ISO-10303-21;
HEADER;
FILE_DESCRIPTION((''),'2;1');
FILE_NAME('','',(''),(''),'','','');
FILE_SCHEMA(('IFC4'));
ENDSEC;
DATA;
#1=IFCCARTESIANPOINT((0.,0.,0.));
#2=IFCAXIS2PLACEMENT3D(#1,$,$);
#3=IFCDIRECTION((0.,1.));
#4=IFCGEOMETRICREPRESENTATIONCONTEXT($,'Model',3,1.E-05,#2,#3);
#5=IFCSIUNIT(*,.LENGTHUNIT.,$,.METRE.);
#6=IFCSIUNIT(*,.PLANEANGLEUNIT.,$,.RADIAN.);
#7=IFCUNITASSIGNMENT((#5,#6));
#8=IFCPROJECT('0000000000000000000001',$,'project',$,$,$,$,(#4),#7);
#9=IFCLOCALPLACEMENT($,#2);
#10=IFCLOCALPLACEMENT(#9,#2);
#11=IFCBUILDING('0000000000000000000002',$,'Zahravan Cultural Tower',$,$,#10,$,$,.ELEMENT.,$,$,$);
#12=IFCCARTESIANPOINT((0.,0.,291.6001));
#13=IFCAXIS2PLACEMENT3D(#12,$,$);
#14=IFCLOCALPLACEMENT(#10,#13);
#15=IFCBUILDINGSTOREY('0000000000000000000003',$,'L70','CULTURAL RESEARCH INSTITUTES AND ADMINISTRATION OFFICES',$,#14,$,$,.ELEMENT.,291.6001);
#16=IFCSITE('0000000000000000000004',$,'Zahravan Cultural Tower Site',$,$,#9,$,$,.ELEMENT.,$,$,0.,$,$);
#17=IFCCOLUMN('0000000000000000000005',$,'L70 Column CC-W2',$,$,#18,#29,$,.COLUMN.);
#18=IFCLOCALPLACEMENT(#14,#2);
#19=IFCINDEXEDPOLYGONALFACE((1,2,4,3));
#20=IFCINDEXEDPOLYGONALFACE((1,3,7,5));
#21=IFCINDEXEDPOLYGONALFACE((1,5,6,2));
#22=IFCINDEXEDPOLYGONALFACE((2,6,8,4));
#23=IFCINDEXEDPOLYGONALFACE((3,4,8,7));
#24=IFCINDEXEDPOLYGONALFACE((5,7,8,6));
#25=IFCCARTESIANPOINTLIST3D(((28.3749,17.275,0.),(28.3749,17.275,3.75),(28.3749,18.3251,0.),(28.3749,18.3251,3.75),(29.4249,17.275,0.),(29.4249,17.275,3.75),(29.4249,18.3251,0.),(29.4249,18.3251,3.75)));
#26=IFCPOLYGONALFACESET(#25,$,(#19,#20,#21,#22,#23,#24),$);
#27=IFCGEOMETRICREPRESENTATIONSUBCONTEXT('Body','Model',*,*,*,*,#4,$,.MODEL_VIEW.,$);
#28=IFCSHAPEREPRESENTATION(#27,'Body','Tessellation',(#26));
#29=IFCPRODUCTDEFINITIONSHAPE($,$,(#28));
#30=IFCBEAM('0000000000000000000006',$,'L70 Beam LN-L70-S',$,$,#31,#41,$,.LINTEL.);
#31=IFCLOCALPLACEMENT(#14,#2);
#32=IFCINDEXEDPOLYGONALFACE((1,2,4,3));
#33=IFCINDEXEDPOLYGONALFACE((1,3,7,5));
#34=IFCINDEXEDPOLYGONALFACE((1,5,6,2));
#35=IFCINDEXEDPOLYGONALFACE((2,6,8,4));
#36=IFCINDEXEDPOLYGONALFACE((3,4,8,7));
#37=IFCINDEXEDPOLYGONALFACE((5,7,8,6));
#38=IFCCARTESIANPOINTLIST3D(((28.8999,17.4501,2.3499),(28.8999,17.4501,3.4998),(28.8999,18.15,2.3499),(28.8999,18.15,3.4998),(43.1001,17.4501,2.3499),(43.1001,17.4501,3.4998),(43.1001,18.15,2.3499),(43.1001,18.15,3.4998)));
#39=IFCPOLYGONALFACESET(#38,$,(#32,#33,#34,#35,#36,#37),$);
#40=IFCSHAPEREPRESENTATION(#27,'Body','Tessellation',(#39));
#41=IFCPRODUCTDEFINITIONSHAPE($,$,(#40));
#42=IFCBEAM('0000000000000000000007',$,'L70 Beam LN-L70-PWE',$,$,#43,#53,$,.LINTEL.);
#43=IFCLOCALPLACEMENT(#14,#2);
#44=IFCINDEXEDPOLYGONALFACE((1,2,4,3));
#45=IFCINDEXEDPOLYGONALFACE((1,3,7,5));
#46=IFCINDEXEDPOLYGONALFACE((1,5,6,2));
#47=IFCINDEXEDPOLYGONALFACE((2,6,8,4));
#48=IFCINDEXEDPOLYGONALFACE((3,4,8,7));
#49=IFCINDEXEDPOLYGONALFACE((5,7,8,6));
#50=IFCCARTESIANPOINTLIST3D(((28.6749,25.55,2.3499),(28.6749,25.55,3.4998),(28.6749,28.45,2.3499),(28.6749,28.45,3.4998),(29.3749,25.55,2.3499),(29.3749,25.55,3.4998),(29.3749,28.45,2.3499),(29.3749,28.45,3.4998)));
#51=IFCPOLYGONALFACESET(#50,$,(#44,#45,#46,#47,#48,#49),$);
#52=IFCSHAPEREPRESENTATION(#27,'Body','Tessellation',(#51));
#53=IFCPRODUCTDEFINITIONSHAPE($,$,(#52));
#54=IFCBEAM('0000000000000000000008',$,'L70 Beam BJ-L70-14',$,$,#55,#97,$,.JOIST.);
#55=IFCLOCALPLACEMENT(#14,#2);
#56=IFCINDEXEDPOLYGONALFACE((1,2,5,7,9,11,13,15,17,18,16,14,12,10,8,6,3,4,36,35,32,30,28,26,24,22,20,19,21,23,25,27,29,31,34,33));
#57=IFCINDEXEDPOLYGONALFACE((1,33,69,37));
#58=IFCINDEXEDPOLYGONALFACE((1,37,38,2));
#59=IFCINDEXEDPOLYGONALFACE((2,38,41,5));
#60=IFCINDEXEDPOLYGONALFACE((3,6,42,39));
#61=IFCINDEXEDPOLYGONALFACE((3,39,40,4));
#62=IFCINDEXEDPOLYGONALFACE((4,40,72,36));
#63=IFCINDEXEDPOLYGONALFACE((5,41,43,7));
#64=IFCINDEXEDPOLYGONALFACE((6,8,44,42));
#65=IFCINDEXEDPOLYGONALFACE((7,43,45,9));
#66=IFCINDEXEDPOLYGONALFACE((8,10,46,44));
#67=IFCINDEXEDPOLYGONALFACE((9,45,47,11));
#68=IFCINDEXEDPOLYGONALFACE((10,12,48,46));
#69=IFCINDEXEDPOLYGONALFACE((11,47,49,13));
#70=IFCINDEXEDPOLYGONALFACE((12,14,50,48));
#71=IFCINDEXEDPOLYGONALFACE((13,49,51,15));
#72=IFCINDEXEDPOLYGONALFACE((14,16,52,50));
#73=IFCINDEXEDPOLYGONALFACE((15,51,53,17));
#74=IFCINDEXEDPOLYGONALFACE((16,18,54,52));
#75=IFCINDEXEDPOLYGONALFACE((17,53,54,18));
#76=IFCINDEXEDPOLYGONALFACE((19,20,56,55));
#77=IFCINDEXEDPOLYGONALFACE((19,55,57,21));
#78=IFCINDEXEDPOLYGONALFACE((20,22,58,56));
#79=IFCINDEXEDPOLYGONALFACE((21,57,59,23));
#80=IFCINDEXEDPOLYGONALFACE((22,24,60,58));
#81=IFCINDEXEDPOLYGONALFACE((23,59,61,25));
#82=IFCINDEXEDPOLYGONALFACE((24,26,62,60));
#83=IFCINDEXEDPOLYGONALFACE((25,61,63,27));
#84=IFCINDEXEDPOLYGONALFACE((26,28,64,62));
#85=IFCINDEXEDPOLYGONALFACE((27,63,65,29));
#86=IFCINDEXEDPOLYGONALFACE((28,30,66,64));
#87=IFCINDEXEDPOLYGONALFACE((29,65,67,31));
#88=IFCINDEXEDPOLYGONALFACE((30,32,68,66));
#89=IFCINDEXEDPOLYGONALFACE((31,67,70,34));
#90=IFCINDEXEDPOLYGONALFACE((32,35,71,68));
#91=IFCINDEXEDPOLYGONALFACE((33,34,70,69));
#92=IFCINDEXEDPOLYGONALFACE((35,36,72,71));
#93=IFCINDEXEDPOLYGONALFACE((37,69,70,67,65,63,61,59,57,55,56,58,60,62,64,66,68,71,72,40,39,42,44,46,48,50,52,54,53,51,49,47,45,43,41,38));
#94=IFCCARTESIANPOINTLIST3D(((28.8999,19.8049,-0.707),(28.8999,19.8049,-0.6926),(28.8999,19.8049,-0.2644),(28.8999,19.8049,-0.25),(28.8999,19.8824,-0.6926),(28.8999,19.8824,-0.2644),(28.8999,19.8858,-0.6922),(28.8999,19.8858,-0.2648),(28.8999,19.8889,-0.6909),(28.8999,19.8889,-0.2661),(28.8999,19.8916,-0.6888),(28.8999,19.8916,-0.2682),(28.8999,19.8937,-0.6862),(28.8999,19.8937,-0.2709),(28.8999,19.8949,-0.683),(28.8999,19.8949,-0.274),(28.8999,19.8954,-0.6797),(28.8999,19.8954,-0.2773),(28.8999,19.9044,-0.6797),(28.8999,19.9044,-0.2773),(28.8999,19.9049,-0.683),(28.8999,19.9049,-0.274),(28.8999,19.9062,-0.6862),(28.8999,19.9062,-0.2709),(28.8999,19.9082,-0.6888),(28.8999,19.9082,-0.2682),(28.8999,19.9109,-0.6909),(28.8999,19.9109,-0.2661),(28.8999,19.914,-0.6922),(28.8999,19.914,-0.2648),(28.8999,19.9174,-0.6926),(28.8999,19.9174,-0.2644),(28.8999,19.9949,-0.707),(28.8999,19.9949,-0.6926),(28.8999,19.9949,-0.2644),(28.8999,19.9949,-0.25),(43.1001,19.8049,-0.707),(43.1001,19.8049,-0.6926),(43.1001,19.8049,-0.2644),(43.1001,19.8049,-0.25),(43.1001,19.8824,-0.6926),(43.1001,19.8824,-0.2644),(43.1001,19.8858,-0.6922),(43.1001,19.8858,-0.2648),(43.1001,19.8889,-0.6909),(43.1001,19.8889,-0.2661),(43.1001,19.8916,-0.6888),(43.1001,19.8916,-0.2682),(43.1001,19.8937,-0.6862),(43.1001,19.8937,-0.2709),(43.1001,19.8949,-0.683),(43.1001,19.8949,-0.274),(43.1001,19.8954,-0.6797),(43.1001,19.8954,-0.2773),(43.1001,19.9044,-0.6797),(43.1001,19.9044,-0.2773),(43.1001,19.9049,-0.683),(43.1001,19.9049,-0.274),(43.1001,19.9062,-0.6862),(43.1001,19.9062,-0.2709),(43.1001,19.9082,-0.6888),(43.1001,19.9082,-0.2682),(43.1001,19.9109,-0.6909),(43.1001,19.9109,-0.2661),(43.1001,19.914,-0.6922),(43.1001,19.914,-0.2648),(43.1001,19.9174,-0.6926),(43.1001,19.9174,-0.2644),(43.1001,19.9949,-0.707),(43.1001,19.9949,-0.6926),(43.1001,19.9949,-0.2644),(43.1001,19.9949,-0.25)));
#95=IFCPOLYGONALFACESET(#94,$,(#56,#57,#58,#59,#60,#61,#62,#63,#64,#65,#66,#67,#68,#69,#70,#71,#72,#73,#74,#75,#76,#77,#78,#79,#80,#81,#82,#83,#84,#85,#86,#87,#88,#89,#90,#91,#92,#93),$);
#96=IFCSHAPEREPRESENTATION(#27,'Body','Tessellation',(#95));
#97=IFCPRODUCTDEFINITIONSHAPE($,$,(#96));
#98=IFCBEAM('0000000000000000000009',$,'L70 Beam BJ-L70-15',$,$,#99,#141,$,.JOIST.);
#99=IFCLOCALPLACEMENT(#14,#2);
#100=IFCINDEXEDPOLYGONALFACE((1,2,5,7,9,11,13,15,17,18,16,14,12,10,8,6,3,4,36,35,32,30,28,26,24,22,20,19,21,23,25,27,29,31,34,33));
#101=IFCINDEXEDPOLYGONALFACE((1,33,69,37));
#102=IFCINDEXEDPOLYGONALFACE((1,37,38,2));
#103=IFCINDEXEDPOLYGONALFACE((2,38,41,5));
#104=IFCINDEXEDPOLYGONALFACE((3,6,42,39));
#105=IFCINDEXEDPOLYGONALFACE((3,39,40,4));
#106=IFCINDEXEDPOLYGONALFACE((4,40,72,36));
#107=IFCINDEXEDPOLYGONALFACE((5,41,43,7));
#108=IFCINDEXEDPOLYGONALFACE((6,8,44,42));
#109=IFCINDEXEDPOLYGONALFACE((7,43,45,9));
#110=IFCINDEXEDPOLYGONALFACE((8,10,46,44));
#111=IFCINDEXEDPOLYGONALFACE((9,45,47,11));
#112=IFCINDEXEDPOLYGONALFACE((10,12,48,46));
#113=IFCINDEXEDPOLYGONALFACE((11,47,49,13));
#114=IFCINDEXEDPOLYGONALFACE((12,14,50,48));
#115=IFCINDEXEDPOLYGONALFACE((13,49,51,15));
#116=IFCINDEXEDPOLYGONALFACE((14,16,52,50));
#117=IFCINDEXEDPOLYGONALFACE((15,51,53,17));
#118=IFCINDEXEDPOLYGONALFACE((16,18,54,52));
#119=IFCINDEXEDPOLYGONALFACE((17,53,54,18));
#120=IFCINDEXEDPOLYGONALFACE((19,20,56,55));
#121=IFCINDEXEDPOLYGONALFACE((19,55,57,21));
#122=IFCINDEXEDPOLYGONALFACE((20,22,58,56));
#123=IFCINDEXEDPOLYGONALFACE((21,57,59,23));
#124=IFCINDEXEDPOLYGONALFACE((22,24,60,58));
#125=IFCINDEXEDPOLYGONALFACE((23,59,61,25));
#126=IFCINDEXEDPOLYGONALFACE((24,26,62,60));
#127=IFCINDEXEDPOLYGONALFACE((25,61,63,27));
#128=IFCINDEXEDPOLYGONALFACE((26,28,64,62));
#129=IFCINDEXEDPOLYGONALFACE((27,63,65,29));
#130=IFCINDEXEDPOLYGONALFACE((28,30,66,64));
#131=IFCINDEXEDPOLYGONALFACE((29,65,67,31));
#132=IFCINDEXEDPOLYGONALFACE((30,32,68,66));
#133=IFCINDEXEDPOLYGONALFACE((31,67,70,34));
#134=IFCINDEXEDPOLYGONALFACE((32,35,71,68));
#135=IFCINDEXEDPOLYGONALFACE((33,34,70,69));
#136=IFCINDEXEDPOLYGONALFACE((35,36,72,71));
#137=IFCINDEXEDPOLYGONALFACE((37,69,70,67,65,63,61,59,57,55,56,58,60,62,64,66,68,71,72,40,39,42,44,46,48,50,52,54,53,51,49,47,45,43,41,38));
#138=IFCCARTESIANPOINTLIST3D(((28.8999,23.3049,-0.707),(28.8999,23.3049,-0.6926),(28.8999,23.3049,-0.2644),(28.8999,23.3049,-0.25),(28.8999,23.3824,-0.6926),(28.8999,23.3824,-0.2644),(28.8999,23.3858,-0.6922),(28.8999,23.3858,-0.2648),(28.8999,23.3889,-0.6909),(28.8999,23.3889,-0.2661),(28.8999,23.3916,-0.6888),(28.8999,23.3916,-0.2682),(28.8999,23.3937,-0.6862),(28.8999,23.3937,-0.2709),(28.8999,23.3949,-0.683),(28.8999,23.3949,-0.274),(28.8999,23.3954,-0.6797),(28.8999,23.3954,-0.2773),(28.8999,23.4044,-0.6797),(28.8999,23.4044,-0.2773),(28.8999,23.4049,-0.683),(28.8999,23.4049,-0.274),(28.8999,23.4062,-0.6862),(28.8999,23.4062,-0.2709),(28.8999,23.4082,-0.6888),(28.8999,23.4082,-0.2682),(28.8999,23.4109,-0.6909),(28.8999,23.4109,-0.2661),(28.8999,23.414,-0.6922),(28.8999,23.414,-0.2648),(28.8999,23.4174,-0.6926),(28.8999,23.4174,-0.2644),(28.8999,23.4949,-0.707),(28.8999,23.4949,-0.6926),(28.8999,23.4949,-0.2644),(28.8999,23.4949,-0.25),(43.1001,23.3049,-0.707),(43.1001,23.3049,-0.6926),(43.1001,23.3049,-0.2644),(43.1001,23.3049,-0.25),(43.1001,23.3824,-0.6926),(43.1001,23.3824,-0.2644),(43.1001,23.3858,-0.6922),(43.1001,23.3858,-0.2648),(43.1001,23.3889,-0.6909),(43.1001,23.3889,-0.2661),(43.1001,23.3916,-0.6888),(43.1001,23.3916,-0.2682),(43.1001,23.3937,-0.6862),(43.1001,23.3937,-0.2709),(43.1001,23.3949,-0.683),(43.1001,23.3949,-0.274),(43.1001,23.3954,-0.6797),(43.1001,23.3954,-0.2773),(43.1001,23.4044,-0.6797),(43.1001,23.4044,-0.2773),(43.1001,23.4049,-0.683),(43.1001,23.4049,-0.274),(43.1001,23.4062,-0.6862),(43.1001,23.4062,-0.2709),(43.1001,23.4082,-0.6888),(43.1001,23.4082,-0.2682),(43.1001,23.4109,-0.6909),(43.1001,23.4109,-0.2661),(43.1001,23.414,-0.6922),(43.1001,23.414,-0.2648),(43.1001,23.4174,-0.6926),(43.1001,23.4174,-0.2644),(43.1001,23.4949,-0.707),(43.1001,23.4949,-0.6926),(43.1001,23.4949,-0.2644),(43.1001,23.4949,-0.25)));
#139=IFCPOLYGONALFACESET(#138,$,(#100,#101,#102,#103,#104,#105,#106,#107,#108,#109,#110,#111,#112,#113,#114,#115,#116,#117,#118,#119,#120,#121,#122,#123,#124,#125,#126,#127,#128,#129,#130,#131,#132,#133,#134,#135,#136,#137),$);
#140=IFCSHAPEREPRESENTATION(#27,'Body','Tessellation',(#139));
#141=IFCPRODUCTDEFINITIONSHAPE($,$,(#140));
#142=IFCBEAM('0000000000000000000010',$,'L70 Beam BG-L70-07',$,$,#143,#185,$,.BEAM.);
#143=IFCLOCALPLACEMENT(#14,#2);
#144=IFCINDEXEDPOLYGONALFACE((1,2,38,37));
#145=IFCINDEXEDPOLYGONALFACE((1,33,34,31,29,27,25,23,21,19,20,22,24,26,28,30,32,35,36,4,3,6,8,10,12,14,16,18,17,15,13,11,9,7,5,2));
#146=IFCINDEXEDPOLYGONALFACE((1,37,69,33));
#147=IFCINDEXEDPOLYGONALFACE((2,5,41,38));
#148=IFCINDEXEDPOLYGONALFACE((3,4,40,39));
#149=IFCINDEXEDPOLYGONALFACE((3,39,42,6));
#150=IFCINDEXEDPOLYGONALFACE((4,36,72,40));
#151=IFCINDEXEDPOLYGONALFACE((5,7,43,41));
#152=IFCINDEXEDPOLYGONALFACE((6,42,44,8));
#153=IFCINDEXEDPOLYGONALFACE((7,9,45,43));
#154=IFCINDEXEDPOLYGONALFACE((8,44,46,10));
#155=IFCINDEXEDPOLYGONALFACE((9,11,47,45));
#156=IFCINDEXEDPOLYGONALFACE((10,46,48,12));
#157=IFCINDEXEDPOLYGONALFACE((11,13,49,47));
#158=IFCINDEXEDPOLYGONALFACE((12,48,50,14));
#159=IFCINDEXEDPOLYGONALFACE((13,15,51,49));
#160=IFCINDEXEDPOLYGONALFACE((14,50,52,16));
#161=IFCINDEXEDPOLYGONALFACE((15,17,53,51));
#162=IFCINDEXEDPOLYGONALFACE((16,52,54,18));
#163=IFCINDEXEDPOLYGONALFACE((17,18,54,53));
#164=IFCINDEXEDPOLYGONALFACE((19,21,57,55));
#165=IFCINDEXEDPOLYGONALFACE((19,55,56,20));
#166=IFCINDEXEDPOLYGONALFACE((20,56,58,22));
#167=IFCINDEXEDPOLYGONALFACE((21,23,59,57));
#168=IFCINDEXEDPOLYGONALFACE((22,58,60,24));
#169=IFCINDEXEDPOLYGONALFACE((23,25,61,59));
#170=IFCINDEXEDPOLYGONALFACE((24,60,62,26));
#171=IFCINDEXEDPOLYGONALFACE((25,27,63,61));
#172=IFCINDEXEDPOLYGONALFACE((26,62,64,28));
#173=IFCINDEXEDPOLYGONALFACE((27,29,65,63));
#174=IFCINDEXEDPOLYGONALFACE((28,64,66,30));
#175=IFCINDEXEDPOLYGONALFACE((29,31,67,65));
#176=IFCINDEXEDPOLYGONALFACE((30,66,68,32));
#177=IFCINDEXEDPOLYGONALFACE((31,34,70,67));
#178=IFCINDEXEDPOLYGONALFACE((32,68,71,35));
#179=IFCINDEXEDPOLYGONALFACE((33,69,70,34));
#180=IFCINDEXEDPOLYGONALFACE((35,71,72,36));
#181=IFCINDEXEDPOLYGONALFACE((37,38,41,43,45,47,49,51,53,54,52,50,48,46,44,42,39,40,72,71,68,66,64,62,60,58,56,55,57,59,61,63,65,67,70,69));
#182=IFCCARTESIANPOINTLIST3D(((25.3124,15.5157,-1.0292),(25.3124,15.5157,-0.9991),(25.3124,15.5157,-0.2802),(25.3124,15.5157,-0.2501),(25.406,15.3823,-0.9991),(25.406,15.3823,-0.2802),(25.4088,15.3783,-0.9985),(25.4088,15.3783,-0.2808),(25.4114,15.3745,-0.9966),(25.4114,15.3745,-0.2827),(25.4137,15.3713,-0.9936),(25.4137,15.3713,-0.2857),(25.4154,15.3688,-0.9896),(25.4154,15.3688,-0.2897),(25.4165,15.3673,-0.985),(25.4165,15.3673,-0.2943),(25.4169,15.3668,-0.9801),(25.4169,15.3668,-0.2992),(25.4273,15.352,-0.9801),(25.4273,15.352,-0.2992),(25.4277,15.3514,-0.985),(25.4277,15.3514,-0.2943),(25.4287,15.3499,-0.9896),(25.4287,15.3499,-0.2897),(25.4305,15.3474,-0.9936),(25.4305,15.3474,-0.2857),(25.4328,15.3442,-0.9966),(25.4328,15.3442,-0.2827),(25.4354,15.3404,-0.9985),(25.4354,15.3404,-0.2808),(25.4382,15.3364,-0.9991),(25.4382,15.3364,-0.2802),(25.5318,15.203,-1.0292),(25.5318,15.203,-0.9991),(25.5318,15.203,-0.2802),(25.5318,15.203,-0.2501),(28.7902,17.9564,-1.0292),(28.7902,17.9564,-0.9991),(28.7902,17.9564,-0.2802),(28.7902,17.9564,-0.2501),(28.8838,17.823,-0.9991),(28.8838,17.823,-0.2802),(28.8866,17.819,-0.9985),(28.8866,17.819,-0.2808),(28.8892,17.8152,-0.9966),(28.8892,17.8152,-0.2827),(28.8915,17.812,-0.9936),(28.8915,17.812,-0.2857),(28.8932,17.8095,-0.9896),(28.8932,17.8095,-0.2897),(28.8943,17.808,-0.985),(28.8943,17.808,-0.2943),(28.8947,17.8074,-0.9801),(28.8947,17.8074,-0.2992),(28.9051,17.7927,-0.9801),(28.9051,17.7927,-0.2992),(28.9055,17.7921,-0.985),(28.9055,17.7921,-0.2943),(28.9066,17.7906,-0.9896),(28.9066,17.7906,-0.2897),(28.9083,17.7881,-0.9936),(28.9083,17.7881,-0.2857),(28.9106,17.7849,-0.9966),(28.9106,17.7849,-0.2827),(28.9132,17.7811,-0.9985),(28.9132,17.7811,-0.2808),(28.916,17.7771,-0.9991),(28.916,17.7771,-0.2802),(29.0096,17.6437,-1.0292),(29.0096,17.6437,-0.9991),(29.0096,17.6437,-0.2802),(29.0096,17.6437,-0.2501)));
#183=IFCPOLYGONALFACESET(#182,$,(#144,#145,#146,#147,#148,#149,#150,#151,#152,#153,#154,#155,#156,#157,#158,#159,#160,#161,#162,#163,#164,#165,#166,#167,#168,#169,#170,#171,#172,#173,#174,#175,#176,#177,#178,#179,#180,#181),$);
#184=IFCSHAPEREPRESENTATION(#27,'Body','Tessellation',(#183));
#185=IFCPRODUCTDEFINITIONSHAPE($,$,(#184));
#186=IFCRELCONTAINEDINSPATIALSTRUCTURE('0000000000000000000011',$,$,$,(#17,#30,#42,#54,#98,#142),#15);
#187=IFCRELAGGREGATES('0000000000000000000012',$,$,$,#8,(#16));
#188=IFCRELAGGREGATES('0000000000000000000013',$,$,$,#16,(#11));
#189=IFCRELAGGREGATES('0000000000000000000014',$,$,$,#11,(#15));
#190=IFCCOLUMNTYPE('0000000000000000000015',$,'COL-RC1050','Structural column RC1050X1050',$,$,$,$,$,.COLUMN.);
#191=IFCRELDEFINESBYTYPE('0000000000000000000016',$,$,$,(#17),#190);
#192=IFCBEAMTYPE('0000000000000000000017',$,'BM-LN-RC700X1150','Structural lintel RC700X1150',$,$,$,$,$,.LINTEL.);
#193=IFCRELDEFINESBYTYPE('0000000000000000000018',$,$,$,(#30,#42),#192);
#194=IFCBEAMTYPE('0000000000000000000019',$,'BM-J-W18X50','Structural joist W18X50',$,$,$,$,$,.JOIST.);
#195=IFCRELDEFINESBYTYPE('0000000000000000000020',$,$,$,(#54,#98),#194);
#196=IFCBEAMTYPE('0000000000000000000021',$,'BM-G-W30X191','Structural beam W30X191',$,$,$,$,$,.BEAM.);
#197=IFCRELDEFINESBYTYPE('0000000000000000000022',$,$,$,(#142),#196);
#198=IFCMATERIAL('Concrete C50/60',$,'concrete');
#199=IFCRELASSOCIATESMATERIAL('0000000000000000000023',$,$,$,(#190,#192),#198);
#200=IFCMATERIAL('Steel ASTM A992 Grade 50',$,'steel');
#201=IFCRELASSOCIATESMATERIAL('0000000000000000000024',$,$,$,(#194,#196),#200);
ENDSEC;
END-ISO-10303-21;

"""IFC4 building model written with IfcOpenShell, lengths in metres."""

from ifc_helpers import new_model, si_unit, direction, frame, origin, origin_2d, place, context, subcontext, project, spatial, rectangle, i_section, extrude, source, transform, mapped, material, material_profile, profile_set, type_object, element, save


model = new_model("IFC4")

# Units and contexts
model_context = context("Model", 3, precision=1e-05, world=origin(), true_north=direction((0.0, 1.0)))
body_context = subcontext(model_context, "Body", "Model", "MODEL_VIEW")
ifc_project = project(units=[si_unit("LENGTHUNIT", "METRE"), si_unit("PLANEANGLEUNIT", "RADIAN")], contexts=[model_context])

# Site, building, storey
site_placement = place(None, origin())
site = spatial("IfcSite", under=ifc_project, at=site_placement, Name="Zahravan Cultural Tower Site", CompositionType="ELEMENT", RefElevation=0.0)
building_placement = place(site_placement, origin())
building = spatial("IfcBuilding", under=site, at=building_placement, Name="Zahravan Cultural Tower", CompositionType="ELEMENT")
storey_placement = place(building_placement, frame((0.0, 0.0, 291.6001)))
storey = spatial("IfcBuildingStorey", under=building, at=storey_placement, Name="L70", Description="CULTURAL RESEARCH INSTITUTES AND ADMINISTRATION OFFICES", CompositionType="ELEMENT", Elevation=291.6001)

# Column
ifc_material_1 = material(Name="Concrete C50/60", Category="concrete")
ifc_material_profile_1 = material_profile(ifc_material_1, rectangle(XDim=1.05, YDim=1.05, at=origin_2d()), Name="RC1050X1050")
ifc_profile_set_1 = profile_set([ifc_material_profile_1], Name="Concrete C50/60")
column_type = type_object("IfcColumnType", Name="COL-RC1050", Description="Structural column RC1050X1050", PredefinedType="COLUMN", material=ifc_profile_set_1)
shared_shape_1 = source(origin(), body_context, "Body", "SweptSolid", [
    extrude(rectangle(XDim=1.05, YDim=1.05, at=origin_2d()), origin(), (0.0, 0.0, 1.0), 3.75),
])
column_placement = place(storey_placement, frame((28.8999, 17.8, 0.0), z_axis=(0.0, 0.0, 1.0), x_axis=(1.0, 0.0, 0.0)))
element("IfcColumn", 1, at=column_placement, inside=storey, type_object=column_type, Name="L70 Column CC-W2", PredefinedType="COLUMN", context=body_context, shape_type="MappedRepresentation", body=[
    mapped(shared_shape_1, transform((0.0, 0.0, 0.0), x_axis=(1.0, 0.0, 0.0), y_axis=(0.0, 1.0, 0.0), z_axis=(0.0, 0.0, 1.0), scale=1.0)),
])

# Beams
ifc_material_profile_2 = material_profile(ifc_material_1, rectangle(XDim=0.7, YDim=1.1499, at=origin_2d()), Name="RC700X1150")
ifc_profile_set_2 = profile_set([ifc_material_profile_2], Name="Concrete C50/60")
beam_type_1 = type_object("IfcBeamType", Name="BM-LN-RC700X1150", Description="Structural lintel RC700X1150", PredefinedType="LINTEL", material=ifc_profile_set_2)
shared_shape_2 = source(origin(), body_context, "Body", "SweptSolid", [
    extrude(rectangle(XDim=0.7, YDim=1.1499, at=origin_2d()), origin(), (0.0, 0.0, 1.0), 14.2002),
])
beam_1_placement = place(storey_placement, frame((28.8999, 17.8, 2.9248), z_axis=(1.0, 0.0, 0.0), x_axis=(0.0, 1.0, 0.0)))
element("IfcBeam", 2, at=beam_1_placement, inside=storey, type_object=beam_type_1, Name="L70 Beam LN-L70-S", PredefinedType="LINTEL", context=body_context, shape_type="MappedRepresentation", body=[
    mapped(shared_shape_2, transform((0.0, 0.0, 0.0), x_axis=(1.0, 0.0, 0.0), y_axis=(0.0, 1.0, 0.0), z_axis=(0.0, 0.0, 1.0), scale=1.0)),
])
shared_shape_3 = source(origin(), body_context, "Body", "SweptSolid", [
    extrude(rectangle(XDim=0.7, YDim=1.1499, at=origin_2d()), origin(), (0.0, 0.0, 1.0), 2.8999),
])
beam_2_placement = place(storey_placement, frame((29.0249, 25.55, 2.9248), z_axis=(0.0, 1.0, 0.0), x_axis=(-1.0, 0.0, 0.0)))
element("IfcBeam", 3, at=beam_2_placement, inside=storey, type_object=beam_type_1, Name="L70 Beam LN-L70-PWE", PredefinedType="LINTEL", context=body_context, shape_type="MappedRepresentation", body=[
    mapped(shared_shape_3, transform((0.0, 0.0, 0.0), x_axis=(1.0, 0.0, 0.0), y_axis=(0.0, 1.0, 0.0), z_axis=(0.0, 0.0, 1.0), scale=1.0)),
])
ifc_material_2 = material(Name="Steel ASTM A992 Grade 50", Category="steel")
ifc_material_profile_3 = material_profile(ifc_material_2, i_section(OverallWidth=0.1899, OverallDepth=0.457, WebThickness=0.009, FlangeThickness=0.0144, FilletRadius=0.0129, at=origin_2d()), Name="W18X50")
ifc_profile_set_3 = profile_set([ifc_material_profile_3], Name="Steel ASTM A992 Grade 50")
beam_type_2 = type_object("IfcBeamType", Name="BM-J-W18X50", Description="Structural joist W18X50", PredefinedType="JOIST", material=ifc_profile_set_3)
shared_shape_4 = source(origin(), body_context, "Body", "SweptSolid", [
    extrude(i_section(OverallWidth=0.1899, OverallDepth=0.457, WebThickness=0.009, FlangeThickness=0.0144, FilletRadius=0.0129, at=origin_2d()), origin(), (0.0, 0.0, 1.0), 14.2002),
])
for number, where, z_axis, x_axis, name in (
    (4, (28.8999, 19.8999, -0.4785), (1.0, 0.0, 0.0), (0.0, 1.0, 0.0), "L70 Beam BJ-L70-14"),
    (5, (28.8999, 23.3999, -0.4785), (1.0, 0.0, 0.0), (0.0, 1.0, 0.0), "L70 Beam BJ-L70-15"),
):
    element("IfcBeam", number, at=place(storey_placement, frame(where, z_axis=z_axis, x_axis=x_axis)), inside=storey, type_object=beam_type_2, Name=name, PredefinedType="JOIST", context=body_context, shape_type="MappedRepresentation", body=[
        mapped(shared_shape_4, transform((0.0, 0.0, 0.0), x_axis=(1.0, 0.0, 0.0), y_axis=(0.0, 1.0, 0.0), z_axis=(0.0, 0.0, 1.0), scale=1.0)),
    ])
ifc_material_profile_4 = material_profile(ifc_material_2, i_section(OverallWidth=0.3821, OverallDepth=0.7791, WebThickness=0.0181, FlangeThickness=0.03, FilletRadius=0.019, at=origin_2d()), Name="W30X191")
ifc_profile_set_4 = profile_set([ifc_material_profile_4], Name="Steel ASTM A992 Grade 50")
beam_type_3 = type_object("IfcBeamType", Name="BM-G-W30X191", Description="Structural beam W30X191", PredefinedType="BEAM", material=ifc_profile_set_4)
shared_shape_5 = source(origin(), body_context, "Body", "SweptSolid", [
    extrude(i_section(OverallWidth=0.3821, OverallDepth=0.7791, WebThickness=0.0181, FlangeThickness=0.03, FilletRadius=0.019, at=origin_2d()), origin(), (0.0, 0.0, 1.0), 4.2488),
])
beam_3_placement = place(storey_placement, frame((28.8999, 17.8, -0.6396), z_axis=(-0.818543, -0.574445, 0.0), x_axis=(0.574445, -0.818543, 0.0)))
element("IfcBeam", 6, at=beam_3_placement, inside=storey, type_object=beam_type_3, Name="L70 Beam BG-L70-07", PredefinedType="BEAM", context=body_context, shape_type="MappedRepresentation", body=[
    mapped(shared_shape_5, transform((0.0, 0.0, 0.0), x_axis=(1.0, 0.0, 0.0), y_axis=(0.0, 1.0, 0.0), z_axis=(0.0, 0.0, 1.0), scale=1.0)),
])

save(model, "model.ifc")
